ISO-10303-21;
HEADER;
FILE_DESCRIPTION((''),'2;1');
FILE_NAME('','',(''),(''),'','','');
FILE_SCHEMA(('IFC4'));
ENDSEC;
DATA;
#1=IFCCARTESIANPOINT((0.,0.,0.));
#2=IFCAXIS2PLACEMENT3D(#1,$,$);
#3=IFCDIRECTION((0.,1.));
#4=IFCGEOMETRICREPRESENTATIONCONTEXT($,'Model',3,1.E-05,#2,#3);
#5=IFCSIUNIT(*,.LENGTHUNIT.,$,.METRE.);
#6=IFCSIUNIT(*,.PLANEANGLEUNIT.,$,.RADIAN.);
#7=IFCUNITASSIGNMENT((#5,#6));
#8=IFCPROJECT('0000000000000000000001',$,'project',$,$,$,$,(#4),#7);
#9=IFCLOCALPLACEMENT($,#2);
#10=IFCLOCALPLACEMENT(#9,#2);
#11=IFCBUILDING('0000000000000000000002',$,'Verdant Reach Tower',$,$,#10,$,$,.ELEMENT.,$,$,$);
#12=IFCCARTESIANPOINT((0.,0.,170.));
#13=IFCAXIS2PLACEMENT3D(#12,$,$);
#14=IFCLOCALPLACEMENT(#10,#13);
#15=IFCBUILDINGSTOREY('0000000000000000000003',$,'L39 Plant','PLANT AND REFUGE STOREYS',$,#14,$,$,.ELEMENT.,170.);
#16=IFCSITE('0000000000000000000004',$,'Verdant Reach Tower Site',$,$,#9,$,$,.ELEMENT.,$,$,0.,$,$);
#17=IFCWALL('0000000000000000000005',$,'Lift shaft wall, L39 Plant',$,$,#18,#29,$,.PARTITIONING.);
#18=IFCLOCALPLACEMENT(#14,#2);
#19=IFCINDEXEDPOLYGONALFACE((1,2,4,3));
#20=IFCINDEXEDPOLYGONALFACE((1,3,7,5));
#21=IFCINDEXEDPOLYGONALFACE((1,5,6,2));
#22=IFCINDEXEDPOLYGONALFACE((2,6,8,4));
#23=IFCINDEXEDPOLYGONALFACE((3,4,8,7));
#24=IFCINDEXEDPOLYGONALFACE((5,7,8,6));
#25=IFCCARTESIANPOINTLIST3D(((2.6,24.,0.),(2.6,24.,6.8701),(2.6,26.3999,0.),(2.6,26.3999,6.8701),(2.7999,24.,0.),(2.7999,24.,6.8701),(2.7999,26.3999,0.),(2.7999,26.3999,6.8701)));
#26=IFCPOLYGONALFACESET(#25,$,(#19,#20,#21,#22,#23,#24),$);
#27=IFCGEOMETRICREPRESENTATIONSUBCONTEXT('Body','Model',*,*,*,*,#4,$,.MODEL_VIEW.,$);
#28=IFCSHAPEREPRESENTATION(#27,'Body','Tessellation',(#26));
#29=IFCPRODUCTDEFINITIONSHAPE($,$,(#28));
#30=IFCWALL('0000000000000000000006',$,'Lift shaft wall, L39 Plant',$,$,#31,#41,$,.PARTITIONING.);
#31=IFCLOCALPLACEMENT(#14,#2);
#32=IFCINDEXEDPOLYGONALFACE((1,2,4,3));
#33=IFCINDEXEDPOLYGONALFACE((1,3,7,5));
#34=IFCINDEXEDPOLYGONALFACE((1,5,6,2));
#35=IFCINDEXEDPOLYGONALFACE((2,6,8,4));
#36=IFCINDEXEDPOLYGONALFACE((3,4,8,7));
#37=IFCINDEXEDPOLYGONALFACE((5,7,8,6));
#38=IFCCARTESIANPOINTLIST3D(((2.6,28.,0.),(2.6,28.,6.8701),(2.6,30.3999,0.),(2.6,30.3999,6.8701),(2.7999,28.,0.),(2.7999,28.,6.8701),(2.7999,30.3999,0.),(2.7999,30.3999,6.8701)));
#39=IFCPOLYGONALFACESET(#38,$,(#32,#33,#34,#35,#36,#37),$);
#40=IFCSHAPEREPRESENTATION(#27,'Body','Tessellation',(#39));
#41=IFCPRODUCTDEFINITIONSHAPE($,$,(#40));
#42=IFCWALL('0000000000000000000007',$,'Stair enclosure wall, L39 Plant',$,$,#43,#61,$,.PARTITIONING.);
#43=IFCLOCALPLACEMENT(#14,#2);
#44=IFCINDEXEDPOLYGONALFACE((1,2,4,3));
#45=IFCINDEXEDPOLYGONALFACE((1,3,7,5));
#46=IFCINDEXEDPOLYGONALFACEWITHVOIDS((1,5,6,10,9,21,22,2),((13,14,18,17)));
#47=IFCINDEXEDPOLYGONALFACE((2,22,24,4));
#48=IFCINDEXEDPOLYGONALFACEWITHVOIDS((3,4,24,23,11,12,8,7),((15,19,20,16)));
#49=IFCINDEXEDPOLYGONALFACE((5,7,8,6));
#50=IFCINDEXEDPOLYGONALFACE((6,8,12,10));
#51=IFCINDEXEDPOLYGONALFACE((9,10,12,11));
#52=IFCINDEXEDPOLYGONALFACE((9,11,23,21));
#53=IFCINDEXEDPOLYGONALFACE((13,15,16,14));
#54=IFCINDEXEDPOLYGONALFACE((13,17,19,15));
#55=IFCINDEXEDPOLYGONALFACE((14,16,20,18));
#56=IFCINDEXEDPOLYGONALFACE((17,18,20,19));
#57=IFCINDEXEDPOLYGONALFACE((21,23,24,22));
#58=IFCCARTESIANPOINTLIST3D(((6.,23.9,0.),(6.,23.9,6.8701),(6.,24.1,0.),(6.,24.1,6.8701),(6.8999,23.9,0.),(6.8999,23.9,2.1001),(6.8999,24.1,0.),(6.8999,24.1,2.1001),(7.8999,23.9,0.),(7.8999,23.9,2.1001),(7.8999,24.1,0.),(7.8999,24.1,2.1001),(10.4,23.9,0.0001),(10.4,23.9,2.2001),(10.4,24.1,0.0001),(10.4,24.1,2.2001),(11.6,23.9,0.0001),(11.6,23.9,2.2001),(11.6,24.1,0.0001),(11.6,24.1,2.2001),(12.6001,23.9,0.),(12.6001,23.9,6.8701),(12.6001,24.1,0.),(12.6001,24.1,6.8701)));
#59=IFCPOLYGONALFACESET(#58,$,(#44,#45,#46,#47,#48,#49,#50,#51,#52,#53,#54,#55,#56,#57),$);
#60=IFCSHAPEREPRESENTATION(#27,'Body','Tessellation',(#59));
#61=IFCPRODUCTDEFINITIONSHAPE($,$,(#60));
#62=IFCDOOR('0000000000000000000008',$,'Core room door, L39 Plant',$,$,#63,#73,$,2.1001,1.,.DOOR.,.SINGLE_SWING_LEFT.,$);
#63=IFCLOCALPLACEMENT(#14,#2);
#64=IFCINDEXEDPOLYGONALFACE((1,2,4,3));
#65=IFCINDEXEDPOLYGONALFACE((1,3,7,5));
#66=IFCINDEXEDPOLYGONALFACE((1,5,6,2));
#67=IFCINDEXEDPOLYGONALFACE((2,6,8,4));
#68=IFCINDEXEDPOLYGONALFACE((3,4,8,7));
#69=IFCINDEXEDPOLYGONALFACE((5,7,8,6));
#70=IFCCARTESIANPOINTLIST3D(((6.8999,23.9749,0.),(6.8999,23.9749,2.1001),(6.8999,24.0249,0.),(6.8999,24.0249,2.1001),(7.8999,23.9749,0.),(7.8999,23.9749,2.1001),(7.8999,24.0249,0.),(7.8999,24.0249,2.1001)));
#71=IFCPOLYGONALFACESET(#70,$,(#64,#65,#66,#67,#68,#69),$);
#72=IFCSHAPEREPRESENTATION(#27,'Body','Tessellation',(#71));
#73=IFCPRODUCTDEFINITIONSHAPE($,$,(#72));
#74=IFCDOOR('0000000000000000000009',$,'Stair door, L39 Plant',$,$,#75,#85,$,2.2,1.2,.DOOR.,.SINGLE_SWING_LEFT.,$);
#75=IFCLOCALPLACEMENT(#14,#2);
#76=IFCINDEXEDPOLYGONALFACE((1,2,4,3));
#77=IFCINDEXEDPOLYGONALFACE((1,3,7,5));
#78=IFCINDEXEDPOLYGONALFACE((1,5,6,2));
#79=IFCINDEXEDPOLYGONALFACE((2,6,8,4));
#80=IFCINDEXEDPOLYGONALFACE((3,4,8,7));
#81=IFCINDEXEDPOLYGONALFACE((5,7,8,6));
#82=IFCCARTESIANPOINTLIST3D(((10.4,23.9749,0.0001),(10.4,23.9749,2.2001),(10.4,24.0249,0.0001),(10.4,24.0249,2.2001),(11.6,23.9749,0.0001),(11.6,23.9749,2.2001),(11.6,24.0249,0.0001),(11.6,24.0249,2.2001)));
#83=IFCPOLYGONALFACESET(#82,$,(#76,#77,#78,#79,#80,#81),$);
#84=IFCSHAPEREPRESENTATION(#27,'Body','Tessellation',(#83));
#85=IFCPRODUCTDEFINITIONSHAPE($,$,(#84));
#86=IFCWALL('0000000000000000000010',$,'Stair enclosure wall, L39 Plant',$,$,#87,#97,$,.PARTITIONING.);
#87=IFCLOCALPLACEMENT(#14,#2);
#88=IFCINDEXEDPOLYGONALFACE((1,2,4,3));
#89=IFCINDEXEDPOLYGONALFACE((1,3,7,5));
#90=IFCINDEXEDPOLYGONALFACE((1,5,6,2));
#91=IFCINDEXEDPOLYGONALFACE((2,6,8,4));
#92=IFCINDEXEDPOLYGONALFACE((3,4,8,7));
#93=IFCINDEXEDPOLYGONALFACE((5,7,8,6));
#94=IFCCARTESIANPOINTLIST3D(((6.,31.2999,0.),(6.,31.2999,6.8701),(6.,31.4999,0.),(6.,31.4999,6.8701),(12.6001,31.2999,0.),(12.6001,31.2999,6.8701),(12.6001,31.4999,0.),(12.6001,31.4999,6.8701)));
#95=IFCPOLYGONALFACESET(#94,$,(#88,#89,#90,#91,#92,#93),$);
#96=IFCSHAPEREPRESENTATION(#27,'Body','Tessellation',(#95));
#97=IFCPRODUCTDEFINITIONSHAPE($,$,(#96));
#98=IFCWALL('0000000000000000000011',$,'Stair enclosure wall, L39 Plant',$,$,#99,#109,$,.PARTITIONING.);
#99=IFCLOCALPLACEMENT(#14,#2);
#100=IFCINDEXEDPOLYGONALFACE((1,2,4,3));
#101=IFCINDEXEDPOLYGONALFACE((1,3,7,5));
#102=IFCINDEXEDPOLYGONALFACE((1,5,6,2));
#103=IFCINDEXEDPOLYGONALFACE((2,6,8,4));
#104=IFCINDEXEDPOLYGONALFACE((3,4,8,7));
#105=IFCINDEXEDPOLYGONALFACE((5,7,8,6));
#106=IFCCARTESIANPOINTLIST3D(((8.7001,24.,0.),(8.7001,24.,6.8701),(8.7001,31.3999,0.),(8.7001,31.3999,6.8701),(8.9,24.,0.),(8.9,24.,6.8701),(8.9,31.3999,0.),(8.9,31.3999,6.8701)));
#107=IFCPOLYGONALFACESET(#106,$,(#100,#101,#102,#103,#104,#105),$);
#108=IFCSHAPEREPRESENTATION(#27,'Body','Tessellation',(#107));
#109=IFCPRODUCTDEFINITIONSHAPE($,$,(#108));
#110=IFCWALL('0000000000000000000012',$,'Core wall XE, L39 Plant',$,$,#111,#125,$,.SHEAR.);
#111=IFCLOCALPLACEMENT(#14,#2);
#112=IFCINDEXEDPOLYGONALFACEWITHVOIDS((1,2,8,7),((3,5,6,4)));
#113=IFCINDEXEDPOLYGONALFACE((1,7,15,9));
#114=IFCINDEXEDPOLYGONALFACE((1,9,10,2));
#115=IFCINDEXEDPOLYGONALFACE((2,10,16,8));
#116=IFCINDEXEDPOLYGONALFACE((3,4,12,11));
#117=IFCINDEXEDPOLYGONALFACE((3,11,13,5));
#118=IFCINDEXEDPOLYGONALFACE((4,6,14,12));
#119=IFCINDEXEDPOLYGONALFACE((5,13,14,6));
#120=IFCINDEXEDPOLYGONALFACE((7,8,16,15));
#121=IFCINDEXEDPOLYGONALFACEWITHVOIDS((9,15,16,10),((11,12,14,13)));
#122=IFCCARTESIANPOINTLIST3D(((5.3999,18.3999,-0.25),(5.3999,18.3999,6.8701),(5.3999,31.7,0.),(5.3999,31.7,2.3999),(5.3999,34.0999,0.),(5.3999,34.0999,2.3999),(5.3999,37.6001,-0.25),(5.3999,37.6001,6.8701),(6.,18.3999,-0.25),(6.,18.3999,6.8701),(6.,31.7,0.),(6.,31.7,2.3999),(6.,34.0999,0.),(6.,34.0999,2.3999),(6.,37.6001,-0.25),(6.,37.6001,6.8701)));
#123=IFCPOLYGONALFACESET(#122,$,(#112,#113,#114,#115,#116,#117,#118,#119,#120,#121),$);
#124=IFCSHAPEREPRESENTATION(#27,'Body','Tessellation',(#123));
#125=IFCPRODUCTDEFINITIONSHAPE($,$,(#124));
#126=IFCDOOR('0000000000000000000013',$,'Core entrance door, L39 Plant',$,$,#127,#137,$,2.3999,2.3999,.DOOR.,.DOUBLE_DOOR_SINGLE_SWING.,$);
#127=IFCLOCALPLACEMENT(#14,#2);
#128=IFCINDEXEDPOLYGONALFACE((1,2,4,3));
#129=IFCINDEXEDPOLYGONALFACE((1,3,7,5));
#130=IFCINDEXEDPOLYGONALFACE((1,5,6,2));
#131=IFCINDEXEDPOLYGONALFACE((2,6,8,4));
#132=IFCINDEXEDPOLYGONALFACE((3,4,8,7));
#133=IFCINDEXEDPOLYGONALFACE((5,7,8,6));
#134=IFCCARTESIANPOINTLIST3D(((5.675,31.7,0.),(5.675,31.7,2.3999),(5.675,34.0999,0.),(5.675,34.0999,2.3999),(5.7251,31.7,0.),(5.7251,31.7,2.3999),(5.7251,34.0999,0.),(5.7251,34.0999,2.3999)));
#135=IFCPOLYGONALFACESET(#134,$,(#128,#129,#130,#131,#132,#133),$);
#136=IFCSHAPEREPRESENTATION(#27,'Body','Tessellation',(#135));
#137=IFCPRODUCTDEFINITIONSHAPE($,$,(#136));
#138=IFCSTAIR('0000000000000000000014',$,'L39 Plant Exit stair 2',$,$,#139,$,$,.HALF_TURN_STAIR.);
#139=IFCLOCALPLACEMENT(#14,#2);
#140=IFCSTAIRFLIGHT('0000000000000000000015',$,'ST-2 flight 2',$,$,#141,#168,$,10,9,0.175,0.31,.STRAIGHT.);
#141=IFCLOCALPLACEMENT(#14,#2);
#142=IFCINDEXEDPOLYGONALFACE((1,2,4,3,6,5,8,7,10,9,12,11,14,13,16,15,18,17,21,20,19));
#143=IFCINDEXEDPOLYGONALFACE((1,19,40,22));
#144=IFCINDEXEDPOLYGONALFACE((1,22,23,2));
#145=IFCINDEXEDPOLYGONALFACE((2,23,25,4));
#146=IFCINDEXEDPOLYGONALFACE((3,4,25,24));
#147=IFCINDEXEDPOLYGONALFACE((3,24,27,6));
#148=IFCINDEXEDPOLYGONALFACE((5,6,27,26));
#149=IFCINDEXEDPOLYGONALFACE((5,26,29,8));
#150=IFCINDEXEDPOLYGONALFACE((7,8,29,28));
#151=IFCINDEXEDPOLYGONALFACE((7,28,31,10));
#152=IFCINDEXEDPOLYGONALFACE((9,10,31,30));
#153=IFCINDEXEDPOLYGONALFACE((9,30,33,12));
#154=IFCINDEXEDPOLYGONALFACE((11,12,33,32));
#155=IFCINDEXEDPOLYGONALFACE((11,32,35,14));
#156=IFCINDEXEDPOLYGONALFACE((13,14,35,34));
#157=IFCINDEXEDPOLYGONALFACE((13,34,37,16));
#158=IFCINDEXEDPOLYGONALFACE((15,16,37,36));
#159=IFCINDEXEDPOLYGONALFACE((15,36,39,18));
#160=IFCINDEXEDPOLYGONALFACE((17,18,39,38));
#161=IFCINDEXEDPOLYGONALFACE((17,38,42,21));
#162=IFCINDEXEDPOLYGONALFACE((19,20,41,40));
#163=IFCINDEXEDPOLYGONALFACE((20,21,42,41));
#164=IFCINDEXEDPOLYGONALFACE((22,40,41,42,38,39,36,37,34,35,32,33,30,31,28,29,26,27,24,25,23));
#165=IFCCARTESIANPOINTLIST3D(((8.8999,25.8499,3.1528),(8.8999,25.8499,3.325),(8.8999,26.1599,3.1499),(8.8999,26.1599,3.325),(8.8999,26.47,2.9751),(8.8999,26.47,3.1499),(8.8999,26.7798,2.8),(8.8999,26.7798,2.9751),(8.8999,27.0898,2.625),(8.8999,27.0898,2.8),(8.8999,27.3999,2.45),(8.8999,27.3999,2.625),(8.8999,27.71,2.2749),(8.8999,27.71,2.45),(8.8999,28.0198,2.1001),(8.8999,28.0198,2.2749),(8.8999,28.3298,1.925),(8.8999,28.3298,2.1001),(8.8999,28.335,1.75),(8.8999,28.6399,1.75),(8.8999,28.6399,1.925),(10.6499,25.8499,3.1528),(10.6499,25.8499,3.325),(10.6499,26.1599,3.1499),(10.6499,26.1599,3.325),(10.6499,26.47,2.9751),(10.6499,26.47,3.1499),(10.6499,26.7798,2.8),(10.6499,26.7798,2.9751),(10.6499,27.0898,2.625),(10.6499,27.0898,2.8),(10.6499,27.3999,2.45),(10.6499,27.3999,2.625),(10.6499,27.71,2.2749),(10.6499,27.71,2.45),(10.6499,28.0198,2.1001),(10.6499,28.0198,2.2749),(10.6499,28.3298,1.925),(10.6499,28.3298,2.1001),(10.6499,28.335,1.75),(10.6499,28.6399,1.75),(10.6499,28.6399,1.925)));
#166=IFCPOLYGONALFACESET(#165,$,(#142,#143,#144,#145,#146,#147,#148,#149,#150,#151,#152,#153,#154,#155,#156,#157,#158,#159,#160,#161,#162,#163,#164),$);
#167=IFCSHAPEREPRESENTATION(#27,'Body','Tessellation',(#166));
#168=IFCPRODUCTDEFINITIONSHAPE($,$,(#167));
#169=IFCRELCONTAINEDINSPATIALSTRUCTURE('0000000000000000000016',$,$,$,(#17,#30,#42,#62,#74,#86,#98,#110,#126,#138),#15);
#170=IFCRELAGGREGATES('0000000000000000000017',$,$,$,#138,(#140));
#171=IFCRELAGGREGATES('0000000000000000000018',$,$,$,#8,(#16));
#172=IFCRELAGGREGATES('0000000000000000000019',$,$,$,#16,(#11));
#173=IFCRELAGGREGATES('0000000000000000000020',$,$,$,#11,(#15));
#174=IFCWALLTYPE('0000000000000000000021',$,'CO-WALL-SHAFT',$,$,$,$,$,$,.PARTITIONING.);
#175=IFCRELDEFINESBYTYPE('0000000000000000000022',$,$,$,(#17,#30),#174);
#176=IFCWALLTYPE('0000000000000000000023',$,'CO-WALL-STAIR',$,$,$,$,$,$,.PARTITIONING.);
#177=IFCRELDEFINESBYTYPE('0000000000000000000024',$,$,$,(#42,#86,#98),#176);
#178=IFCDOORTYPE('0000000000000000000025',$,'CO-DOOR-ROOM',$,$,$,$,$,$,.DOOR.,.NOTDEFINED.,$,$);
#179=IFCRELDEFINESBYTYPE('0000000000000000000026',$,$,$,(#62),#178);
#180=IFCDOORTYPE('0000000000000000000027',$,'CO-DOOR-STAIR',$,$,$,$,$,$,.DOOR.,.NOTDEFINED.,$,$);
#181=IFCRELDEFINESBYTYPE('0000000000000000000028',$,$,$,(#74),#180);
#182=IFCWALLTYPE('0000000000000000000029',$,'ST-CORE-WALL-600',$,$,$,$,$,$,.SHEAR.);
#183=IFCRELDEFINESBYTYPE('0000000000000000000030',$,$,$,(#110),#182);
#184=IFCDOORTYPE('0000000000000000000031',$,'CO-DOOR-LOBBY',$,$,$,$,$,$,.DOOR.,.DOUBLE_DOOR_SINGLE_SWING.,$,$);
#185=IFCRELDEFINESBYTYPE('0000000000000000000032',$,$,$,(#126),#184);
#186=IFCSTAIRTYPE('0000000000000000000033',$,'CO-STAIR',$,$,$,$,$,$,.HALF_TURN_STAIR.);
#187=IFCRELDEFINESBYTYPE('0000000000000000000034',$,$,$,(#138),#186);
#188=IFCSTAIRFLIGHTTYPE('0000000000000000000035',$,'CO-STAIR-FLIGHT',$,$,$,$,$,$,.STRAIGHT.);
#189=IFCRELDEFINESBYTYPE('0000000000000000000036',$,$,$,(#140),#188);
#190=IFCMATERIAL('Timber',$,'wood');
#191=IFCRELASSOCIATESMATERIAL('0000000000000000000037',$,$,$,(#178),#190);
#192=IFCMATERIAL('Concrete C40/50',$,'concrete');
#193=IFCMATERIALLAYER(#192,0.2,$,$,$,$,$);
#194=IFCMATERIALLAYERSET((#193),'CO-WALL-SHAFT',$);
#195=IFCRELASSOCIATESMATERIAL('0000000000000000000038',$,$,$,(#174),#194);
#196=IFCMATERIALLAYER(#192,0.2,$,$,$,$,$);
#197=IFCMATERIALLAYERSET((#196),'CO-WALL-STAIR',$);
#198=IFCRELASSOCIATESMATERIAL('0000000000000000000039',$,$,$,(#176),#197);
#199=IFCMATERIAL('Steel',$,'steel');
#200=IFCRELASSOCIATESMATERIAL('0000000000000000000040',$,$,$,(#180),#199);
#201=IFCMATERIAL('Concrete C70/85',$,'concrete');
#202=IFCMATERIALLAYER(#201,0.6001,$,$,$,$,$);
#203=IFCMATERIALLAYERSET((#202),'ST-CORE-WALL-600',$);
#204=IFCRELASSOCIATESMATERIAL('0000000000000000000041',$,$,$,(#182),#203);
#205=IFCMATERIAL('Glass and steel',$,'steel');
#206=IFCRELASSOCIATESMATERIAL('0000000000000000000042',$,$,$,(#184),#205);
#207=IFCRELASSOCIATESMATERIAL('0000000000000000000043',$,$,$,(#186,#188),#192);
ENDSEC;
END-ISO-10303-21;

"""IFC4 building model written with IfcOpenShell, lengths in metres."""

from ifc_helpers import new_model, si_unit, direction, frame, frame_2d, origin, place, context, subcontext, project, spatial, polyline, rectangle, outline, extrude, material, layer, layer_set, type_object, element, fill, aggregate, save


model = new_model("IFC4")

# Units and contexts
model_context = context("Model", 3, precision=1e-05, world=origin(), true_north=direction((0.0, 1.0)))
body_context = subcontext(model_context, "Body", "Model", "MODEL_VIEW")
ifc_project = project(units=[si_unit("LENGTHUNIT", "METRE"), si_unit("PLANEANGLEUNIT", "RADIAN")], contexts=[model_context])

# Site, building, storey
site_placement = place(None, origin())
site = spatial("IfcSite", under=ifc_project, at=site_placement, Name="Verdant Reach Tower Site", CompositionType="ELEMENT", RefElevation=0.0)
building_placement = place(site_placement, origin())
building = spatial("IfcBuilding", under=site, at=building_placement, Name="Verdant Reach Tower", CompositionType="ELEMENT")
storey_placement = place(building_placement, frame((0.0, 0.0, 170.0)))
storey = spatial("IfcBuildingStorey", under=building, at=storey_placement, Name="L39 Plant", Description="PLANT AND REFUGE STOREYS", CompositionType="ELEMENT", Elevation=170.0)

# Shared definitions
ifc_material_1 = material(Name="Timber", Category="wood")
door_type_1 = type_object("IfcDoorType", Name="CO-DOOR-ROOM", OperationType="NOTDEFINED", PredefinedType="DOOR", material=ifc_material_1)

# Walls
ifc_material_2 = material(Name="Concrete C40/50", Category="concrete")
ifc_layer_1 = layer(ifc_material_2, 0.2)
ifc_layer_set_1 = layer_set([ifc_layer_1], Name="CO-WALL-SHAFT")
wall_type_1 = type_object("IfcWallType", Name="CO-WALL-SHAFT", PredefinedType="PARTITIONING", material=ifc_layer_set_1)
for number, where, z_axis, x_axis, name in (
    (1, (2.7, 24.0, 0.0), (0.0, 0.0, 1.0), (0.0, 1.0, 0.0), "Lift shaft wall, L39 Plant"),
    (2, (2.7, 28.0, 0.0), (0.0, 0.0, 1.0), (0.0, 1.0, 0.0), "Lift shaft wall, L39 Plant"),
):
    element("IfcWall", number, at=place(storey_placement, frame(where, z_axis=z_axis, x_axis=x_axis)), inside=storey, type_object=wall_type_1, Name=name, PredefinedType="PARTITIONING", context=body_context, shape_type="SweptSolid", body=[
        extrude(rectangle(XDim=2.3999, YDim=0.2, at=frame_2d((1.2, 0.0))), origin(), (0.0, 0.0, 1.0), 6.8701),
    ])

# Wall, openings, doors
ifc_layer_2 = layer(ifc_material_2, 0.2)
ifc_layer_set_2 = layer_set([ifc_layer_2], Name="CO-WALL-STAIR")
wall_type_2 = type_object("IfcWallType", Name="CO-WALL-STAIR", PredefinedType="PARTITIONING", material=ifc_layer_set_2)
wall_1_placement = place(storey_placement, frame((6.0, 24.0, 0.0), z_axis=(0.0, 0.0, 1.0), x_axis=(1.0, 0.0, 0.0)))
wall_1 = element("IfcWall", 3, at=wall_1_placement, inside=storey, type_object=wall_type_2, Name="Stair enclosure wall, L39 Plant", PredefinedType="PARTITIONING", context=body_context, shape_type="SweptSolid", body=[
    extrude(rectangle(XDim=6.6001, YDim=0.2, at=frame_2d((3.3, 0.0))), origin(), (0.0, 0.0, 1.0), 6.8701),
])
opening_1_placement = place(wall_1_placement, frame((0.8999, 0.0, 0.0)))
opening_1 = element("IfcOpeningElement", 4, at=opening_1_placement, cuts=wall_1, PredefinedType="OPENING", context=body_context, shape_type="SweptSolid", body=[
    extrude(rectangle(XDim=1.0, YDim=2.1001, at=frame_2d((0.5, 1.05))), frame((0.0, 0.1099, 0.0), z_axis=(0.0, -1.0, 0.0), x_axis=(1.0, 0.0, 0.0)), (0.0, 0.0, 1.0), 0.22),
])
opening_2_placement = place(wall_1_placement, frame((4.3999, 0.0, 0.0)))
opening_2 = element("IfcOpeningElement", 5, at=opening_2_placement, cuts=wall_1, PredefinedType="OPENING", context=body_context, shape_type="SweptSolid", body=[
    extrude(rectangle(XDim=1.2, YDim=2.2, at=frame_2d((0.6001, 1.1001))), frame((0.0, 0.1099, 0.0), z_axis=(0.0, -1.0, 0.0), x_axis=(1.0, 0.0, 0.0)), (0.0, 0.0, 1.0), 0.22),
])
door_1_placement = place(opening_1_placement, origin())
door_1 = element("IfcDoor", 6, at=door_1_placement, inside=storey, type_object=door_type_1, Name="Core room door, L39 Plant", OperationType="SINGLE_SWING_LEFT", OverallHeight=2.1001, OverallWidth=1.0, PredefinedType="DOOR", context=body_context, shape_type="SweptSolid", body=[
    extrude(rectangle(XDim=1.0, YDim=2.1001, at=frame_2d((0.5, 1.05))), frame((0.0, 0.0249, 0.0), z_axis=(0.0, -1.0, 0.0), x_axis=(1.0, 0.0, 0.0)), (0.0, 0.0, 1.0), 0.05),
])
fill(opening_1, door_1)
ifc_material_3 = material(Name="Steel", Category="steel")
door_type_2 = type_object("IfcDoorType", Name="CO-DOOR-STAIR", OperationType="NOTDEFINED", PredefinedType="DOOR", material=ifc_material_3)
door_2_placement = place(opening_2_placement, origin())
door_2 = element("IfcDoor", 7, at=door_2_placement, inside=storey, type_object=door_type_2, Name="Stair door, L39 Plant", OperationType="SINGLE_SWING_LEFT", OverallHeight=2.2, OverallWidth=1.2, PredefinedType="DOOR", context=body_context, shape_type="SweptSolid", body=[
    extrude(rectangle(XDim=1.2, YDim=2.2, at=frame_2d((0.6001, 1.1001))), frame((0.0, 0.0249, 0.0), z_axis=(0.0, -1.0, 0.0), x_axis=(1.0, 0.0, 0.0)), (0.0, 0.0, 1.0), 0.05),
])
fill(opening_2, door_2)

# Walls
wall_2_placement = place(storey_placement, frame((6.0, 31.3999, 0.0), z_axis=(0.0, 0.0, 1.0), x_axis=(1.0, 0.0, 0.0)))
element("IfcWall", 8, at=wall_2_placement, inside=storey, type_object=wall_type_2, Name="Stair enclosure wall, L39 Plant", PredefinedType="PARTITIONING", context=body_context, shape_type="SweptSolid", body=[
    extrude(rectangle(XDim=6.6001, YDim=0.2, at=frame_2d((3.3, 0.0))), origin(), (0.0, 0.0, 1.0), 6.8701),
])
wall_3_placement = place(storey_placement, frame((8.8, 24.0, 0.0), z_axis=(0.0, 0.0, 1.0), x_axis=(0.0, 1.0, 0.0)))
element("IfcWall", 9, at=wall_3_placement, inside=storey, type_object=wall_type_2, Name="Stair enclosure wall, L39 Plant", PredefinedType="PARTITIONING", context=body_context, shape_type="SweptSolid", body=[
    extrude(rectangle(XDim=7.3999, YDim=0.2, at=frame_2d((3.7, 0.0))), origin(), (0.0, 0.0, 1.0), 6.8701),
])

# Wall, opening, door
ifc_material_4 = material(Name="Concrete C70/85", Category="concrete")
ifc_layer_3 = layer(ifc_material_4, 0.6001)
ifc_layer_set_3 = layer_set([ifc_layer_3], Name="ST-CORE-WALL-600")
wall_type_3 = type_object("IfcWallType", Name="ST-CORE-WALL-600", PredefinedType="SHEAR", material=ifc_layer_set_3)
wall_4_placement = place(storey_placement, frame((5.7, 18.3999, -0.25), z_axis=(0.0, 0.0, 1.0), x_axis=(0.0, 1.0, 0.0)))
wall_4 = element("IfcWall", 10, at=wall_4_placement, inside=storey, type_object=wall_type_3, Name="Core wall XE, L39 Plant", PredefinedType="SHEAR", context=body_context, shape_type="SweptSolid", body=[
    extrude(rectangle(XDim=19.2002, YDim=0.6001, at=frame_2d((9.6001, 0.0))), origin(), (0.0, 0.0, 1.0), 7.1201),
])
opening_3_placement = place(wall_4_placement, frame((13.3, 0.0, 0.25)))
opening_3 = element("IfcOpeningElement", 11, at=opening_3_placement, cuts=wall_4, PredefinedType="OPENING", context=body_context, shape_type="SweptSolid", body=[
    extrude(rectangle(XDim=2.3999, YDim=2.3999, at=frame_2d((1.2, 1.2))), frame((0.0, 0.3101, 0.0), z_axis=(0.0, -1.0, 0.0), x_axis=(1.0, 0.0, 0.0)), (0.0, 0.0, 1.0), 0.6201),
])
ifc_material_5 = material(Name="Glass and steel", Category="steel")
door_type_3 = type_object("IfcDoorType", Name="CO-DOOR-LOBBY", OperationType="DOUBLE_DOOR_SINGLE_SWING", PredefinedType="DOOR", material=ifc_material_5)
door_3_placement = place(opening_3_placement, origin())
door_3 = element("IfcDoor", 12, at=door_3_placement, inside=storey, type_object=door_type_3, Name="Core entrance door, L39 Plant", OperationType="DOUBLE_DOOR_SINGLE_SWING", OverallHeight=2.3999, OverallWidth=2.3999, PredefinedType="DOOR", context=body_context, shape_type="SweptSolid", body=[
    extrude(rectangle(XDim=2.3999, YDim=2.3999, at=frame_2d((1.2, 1.2))), frame((0.0, 0.0249, 0.0), z_axis=(0.0, -1.0, 0.0), x_axis=(1.0, 0.0, 0.0)), (0.0, 0.0, 1.0), 0.05),
])
fill(opening_3, door_3)

# Stair, stair flight
stair_type = type_object("IfcStairType", Name="CO-STAIR", PredefinedType="HALF_TURN_STAIR", material=ifc_material_2)
stair_placement = place(storey_placement, origin())
stair = element("IfcStair", 13, at=stair_placement, inside=storey, type_object=stair_type, Name="L39 Plant Exit stair 2", PredefinedType="HALF_TURN_STAIR")
stair_flight_type = type_object("IfcStairFlightType", Name="CO-STAIR-FLIGHT", PredefinedType="STRAIGHT", material=ifc_material_2)
stair_flight_1_placement = place(storey_placement, frame((9.7749, 28.6399, 1.75), z_axis=(0.0, 0.0, 1.0), x_axis=(0.0, -1.0, 0.0)))
stair_flight_1 = element("IfcStairFlight", 14, at=stair_flight_1_placement, type_object=stair_flight_type, Name="ST-2 flight 2", NumberOfRisers=10, NumberOfTreads=9, PredefinedType="STRAIGHT", RiserHeight=0.175, TreadLength=0.31, context=body_context, shape_type="SweptSolid", body=[
    extrude(outline(polyline([(0.0, 0.0), (0.0, 0.175), (0.3101, 0.175), (0.3101, 0.3501), (0.6201, 0.3501), (0.6201, 0.5249), (0.9299, 0.5249), (0.9299, 0.7), (1.24, 0.7), (1.24, 0.875), (1.55, 0.875), (1.55, 1.05), (1.8601, 1.05), (1.8601, 1.2251), (2.1699, 1.2251), (2.1699, 1.3999), (2.48, 1.3999), (2.48, 1.575), (2.79, 1.575), (2.79, 1.75), (2.79, 1.4028), (0.3049, 0.0), (0.0, 0.0)])), frame((0.0, 0.875, 0.0), z_axis=(0.0, -1.0, 0.0), x_axis=(1.0, 0.0, 0.0)), (0.0, 0.0, 1.0), 1.75),
])
aggregate(stair, [stair_flight_1])

save(model, "model.ifc")
